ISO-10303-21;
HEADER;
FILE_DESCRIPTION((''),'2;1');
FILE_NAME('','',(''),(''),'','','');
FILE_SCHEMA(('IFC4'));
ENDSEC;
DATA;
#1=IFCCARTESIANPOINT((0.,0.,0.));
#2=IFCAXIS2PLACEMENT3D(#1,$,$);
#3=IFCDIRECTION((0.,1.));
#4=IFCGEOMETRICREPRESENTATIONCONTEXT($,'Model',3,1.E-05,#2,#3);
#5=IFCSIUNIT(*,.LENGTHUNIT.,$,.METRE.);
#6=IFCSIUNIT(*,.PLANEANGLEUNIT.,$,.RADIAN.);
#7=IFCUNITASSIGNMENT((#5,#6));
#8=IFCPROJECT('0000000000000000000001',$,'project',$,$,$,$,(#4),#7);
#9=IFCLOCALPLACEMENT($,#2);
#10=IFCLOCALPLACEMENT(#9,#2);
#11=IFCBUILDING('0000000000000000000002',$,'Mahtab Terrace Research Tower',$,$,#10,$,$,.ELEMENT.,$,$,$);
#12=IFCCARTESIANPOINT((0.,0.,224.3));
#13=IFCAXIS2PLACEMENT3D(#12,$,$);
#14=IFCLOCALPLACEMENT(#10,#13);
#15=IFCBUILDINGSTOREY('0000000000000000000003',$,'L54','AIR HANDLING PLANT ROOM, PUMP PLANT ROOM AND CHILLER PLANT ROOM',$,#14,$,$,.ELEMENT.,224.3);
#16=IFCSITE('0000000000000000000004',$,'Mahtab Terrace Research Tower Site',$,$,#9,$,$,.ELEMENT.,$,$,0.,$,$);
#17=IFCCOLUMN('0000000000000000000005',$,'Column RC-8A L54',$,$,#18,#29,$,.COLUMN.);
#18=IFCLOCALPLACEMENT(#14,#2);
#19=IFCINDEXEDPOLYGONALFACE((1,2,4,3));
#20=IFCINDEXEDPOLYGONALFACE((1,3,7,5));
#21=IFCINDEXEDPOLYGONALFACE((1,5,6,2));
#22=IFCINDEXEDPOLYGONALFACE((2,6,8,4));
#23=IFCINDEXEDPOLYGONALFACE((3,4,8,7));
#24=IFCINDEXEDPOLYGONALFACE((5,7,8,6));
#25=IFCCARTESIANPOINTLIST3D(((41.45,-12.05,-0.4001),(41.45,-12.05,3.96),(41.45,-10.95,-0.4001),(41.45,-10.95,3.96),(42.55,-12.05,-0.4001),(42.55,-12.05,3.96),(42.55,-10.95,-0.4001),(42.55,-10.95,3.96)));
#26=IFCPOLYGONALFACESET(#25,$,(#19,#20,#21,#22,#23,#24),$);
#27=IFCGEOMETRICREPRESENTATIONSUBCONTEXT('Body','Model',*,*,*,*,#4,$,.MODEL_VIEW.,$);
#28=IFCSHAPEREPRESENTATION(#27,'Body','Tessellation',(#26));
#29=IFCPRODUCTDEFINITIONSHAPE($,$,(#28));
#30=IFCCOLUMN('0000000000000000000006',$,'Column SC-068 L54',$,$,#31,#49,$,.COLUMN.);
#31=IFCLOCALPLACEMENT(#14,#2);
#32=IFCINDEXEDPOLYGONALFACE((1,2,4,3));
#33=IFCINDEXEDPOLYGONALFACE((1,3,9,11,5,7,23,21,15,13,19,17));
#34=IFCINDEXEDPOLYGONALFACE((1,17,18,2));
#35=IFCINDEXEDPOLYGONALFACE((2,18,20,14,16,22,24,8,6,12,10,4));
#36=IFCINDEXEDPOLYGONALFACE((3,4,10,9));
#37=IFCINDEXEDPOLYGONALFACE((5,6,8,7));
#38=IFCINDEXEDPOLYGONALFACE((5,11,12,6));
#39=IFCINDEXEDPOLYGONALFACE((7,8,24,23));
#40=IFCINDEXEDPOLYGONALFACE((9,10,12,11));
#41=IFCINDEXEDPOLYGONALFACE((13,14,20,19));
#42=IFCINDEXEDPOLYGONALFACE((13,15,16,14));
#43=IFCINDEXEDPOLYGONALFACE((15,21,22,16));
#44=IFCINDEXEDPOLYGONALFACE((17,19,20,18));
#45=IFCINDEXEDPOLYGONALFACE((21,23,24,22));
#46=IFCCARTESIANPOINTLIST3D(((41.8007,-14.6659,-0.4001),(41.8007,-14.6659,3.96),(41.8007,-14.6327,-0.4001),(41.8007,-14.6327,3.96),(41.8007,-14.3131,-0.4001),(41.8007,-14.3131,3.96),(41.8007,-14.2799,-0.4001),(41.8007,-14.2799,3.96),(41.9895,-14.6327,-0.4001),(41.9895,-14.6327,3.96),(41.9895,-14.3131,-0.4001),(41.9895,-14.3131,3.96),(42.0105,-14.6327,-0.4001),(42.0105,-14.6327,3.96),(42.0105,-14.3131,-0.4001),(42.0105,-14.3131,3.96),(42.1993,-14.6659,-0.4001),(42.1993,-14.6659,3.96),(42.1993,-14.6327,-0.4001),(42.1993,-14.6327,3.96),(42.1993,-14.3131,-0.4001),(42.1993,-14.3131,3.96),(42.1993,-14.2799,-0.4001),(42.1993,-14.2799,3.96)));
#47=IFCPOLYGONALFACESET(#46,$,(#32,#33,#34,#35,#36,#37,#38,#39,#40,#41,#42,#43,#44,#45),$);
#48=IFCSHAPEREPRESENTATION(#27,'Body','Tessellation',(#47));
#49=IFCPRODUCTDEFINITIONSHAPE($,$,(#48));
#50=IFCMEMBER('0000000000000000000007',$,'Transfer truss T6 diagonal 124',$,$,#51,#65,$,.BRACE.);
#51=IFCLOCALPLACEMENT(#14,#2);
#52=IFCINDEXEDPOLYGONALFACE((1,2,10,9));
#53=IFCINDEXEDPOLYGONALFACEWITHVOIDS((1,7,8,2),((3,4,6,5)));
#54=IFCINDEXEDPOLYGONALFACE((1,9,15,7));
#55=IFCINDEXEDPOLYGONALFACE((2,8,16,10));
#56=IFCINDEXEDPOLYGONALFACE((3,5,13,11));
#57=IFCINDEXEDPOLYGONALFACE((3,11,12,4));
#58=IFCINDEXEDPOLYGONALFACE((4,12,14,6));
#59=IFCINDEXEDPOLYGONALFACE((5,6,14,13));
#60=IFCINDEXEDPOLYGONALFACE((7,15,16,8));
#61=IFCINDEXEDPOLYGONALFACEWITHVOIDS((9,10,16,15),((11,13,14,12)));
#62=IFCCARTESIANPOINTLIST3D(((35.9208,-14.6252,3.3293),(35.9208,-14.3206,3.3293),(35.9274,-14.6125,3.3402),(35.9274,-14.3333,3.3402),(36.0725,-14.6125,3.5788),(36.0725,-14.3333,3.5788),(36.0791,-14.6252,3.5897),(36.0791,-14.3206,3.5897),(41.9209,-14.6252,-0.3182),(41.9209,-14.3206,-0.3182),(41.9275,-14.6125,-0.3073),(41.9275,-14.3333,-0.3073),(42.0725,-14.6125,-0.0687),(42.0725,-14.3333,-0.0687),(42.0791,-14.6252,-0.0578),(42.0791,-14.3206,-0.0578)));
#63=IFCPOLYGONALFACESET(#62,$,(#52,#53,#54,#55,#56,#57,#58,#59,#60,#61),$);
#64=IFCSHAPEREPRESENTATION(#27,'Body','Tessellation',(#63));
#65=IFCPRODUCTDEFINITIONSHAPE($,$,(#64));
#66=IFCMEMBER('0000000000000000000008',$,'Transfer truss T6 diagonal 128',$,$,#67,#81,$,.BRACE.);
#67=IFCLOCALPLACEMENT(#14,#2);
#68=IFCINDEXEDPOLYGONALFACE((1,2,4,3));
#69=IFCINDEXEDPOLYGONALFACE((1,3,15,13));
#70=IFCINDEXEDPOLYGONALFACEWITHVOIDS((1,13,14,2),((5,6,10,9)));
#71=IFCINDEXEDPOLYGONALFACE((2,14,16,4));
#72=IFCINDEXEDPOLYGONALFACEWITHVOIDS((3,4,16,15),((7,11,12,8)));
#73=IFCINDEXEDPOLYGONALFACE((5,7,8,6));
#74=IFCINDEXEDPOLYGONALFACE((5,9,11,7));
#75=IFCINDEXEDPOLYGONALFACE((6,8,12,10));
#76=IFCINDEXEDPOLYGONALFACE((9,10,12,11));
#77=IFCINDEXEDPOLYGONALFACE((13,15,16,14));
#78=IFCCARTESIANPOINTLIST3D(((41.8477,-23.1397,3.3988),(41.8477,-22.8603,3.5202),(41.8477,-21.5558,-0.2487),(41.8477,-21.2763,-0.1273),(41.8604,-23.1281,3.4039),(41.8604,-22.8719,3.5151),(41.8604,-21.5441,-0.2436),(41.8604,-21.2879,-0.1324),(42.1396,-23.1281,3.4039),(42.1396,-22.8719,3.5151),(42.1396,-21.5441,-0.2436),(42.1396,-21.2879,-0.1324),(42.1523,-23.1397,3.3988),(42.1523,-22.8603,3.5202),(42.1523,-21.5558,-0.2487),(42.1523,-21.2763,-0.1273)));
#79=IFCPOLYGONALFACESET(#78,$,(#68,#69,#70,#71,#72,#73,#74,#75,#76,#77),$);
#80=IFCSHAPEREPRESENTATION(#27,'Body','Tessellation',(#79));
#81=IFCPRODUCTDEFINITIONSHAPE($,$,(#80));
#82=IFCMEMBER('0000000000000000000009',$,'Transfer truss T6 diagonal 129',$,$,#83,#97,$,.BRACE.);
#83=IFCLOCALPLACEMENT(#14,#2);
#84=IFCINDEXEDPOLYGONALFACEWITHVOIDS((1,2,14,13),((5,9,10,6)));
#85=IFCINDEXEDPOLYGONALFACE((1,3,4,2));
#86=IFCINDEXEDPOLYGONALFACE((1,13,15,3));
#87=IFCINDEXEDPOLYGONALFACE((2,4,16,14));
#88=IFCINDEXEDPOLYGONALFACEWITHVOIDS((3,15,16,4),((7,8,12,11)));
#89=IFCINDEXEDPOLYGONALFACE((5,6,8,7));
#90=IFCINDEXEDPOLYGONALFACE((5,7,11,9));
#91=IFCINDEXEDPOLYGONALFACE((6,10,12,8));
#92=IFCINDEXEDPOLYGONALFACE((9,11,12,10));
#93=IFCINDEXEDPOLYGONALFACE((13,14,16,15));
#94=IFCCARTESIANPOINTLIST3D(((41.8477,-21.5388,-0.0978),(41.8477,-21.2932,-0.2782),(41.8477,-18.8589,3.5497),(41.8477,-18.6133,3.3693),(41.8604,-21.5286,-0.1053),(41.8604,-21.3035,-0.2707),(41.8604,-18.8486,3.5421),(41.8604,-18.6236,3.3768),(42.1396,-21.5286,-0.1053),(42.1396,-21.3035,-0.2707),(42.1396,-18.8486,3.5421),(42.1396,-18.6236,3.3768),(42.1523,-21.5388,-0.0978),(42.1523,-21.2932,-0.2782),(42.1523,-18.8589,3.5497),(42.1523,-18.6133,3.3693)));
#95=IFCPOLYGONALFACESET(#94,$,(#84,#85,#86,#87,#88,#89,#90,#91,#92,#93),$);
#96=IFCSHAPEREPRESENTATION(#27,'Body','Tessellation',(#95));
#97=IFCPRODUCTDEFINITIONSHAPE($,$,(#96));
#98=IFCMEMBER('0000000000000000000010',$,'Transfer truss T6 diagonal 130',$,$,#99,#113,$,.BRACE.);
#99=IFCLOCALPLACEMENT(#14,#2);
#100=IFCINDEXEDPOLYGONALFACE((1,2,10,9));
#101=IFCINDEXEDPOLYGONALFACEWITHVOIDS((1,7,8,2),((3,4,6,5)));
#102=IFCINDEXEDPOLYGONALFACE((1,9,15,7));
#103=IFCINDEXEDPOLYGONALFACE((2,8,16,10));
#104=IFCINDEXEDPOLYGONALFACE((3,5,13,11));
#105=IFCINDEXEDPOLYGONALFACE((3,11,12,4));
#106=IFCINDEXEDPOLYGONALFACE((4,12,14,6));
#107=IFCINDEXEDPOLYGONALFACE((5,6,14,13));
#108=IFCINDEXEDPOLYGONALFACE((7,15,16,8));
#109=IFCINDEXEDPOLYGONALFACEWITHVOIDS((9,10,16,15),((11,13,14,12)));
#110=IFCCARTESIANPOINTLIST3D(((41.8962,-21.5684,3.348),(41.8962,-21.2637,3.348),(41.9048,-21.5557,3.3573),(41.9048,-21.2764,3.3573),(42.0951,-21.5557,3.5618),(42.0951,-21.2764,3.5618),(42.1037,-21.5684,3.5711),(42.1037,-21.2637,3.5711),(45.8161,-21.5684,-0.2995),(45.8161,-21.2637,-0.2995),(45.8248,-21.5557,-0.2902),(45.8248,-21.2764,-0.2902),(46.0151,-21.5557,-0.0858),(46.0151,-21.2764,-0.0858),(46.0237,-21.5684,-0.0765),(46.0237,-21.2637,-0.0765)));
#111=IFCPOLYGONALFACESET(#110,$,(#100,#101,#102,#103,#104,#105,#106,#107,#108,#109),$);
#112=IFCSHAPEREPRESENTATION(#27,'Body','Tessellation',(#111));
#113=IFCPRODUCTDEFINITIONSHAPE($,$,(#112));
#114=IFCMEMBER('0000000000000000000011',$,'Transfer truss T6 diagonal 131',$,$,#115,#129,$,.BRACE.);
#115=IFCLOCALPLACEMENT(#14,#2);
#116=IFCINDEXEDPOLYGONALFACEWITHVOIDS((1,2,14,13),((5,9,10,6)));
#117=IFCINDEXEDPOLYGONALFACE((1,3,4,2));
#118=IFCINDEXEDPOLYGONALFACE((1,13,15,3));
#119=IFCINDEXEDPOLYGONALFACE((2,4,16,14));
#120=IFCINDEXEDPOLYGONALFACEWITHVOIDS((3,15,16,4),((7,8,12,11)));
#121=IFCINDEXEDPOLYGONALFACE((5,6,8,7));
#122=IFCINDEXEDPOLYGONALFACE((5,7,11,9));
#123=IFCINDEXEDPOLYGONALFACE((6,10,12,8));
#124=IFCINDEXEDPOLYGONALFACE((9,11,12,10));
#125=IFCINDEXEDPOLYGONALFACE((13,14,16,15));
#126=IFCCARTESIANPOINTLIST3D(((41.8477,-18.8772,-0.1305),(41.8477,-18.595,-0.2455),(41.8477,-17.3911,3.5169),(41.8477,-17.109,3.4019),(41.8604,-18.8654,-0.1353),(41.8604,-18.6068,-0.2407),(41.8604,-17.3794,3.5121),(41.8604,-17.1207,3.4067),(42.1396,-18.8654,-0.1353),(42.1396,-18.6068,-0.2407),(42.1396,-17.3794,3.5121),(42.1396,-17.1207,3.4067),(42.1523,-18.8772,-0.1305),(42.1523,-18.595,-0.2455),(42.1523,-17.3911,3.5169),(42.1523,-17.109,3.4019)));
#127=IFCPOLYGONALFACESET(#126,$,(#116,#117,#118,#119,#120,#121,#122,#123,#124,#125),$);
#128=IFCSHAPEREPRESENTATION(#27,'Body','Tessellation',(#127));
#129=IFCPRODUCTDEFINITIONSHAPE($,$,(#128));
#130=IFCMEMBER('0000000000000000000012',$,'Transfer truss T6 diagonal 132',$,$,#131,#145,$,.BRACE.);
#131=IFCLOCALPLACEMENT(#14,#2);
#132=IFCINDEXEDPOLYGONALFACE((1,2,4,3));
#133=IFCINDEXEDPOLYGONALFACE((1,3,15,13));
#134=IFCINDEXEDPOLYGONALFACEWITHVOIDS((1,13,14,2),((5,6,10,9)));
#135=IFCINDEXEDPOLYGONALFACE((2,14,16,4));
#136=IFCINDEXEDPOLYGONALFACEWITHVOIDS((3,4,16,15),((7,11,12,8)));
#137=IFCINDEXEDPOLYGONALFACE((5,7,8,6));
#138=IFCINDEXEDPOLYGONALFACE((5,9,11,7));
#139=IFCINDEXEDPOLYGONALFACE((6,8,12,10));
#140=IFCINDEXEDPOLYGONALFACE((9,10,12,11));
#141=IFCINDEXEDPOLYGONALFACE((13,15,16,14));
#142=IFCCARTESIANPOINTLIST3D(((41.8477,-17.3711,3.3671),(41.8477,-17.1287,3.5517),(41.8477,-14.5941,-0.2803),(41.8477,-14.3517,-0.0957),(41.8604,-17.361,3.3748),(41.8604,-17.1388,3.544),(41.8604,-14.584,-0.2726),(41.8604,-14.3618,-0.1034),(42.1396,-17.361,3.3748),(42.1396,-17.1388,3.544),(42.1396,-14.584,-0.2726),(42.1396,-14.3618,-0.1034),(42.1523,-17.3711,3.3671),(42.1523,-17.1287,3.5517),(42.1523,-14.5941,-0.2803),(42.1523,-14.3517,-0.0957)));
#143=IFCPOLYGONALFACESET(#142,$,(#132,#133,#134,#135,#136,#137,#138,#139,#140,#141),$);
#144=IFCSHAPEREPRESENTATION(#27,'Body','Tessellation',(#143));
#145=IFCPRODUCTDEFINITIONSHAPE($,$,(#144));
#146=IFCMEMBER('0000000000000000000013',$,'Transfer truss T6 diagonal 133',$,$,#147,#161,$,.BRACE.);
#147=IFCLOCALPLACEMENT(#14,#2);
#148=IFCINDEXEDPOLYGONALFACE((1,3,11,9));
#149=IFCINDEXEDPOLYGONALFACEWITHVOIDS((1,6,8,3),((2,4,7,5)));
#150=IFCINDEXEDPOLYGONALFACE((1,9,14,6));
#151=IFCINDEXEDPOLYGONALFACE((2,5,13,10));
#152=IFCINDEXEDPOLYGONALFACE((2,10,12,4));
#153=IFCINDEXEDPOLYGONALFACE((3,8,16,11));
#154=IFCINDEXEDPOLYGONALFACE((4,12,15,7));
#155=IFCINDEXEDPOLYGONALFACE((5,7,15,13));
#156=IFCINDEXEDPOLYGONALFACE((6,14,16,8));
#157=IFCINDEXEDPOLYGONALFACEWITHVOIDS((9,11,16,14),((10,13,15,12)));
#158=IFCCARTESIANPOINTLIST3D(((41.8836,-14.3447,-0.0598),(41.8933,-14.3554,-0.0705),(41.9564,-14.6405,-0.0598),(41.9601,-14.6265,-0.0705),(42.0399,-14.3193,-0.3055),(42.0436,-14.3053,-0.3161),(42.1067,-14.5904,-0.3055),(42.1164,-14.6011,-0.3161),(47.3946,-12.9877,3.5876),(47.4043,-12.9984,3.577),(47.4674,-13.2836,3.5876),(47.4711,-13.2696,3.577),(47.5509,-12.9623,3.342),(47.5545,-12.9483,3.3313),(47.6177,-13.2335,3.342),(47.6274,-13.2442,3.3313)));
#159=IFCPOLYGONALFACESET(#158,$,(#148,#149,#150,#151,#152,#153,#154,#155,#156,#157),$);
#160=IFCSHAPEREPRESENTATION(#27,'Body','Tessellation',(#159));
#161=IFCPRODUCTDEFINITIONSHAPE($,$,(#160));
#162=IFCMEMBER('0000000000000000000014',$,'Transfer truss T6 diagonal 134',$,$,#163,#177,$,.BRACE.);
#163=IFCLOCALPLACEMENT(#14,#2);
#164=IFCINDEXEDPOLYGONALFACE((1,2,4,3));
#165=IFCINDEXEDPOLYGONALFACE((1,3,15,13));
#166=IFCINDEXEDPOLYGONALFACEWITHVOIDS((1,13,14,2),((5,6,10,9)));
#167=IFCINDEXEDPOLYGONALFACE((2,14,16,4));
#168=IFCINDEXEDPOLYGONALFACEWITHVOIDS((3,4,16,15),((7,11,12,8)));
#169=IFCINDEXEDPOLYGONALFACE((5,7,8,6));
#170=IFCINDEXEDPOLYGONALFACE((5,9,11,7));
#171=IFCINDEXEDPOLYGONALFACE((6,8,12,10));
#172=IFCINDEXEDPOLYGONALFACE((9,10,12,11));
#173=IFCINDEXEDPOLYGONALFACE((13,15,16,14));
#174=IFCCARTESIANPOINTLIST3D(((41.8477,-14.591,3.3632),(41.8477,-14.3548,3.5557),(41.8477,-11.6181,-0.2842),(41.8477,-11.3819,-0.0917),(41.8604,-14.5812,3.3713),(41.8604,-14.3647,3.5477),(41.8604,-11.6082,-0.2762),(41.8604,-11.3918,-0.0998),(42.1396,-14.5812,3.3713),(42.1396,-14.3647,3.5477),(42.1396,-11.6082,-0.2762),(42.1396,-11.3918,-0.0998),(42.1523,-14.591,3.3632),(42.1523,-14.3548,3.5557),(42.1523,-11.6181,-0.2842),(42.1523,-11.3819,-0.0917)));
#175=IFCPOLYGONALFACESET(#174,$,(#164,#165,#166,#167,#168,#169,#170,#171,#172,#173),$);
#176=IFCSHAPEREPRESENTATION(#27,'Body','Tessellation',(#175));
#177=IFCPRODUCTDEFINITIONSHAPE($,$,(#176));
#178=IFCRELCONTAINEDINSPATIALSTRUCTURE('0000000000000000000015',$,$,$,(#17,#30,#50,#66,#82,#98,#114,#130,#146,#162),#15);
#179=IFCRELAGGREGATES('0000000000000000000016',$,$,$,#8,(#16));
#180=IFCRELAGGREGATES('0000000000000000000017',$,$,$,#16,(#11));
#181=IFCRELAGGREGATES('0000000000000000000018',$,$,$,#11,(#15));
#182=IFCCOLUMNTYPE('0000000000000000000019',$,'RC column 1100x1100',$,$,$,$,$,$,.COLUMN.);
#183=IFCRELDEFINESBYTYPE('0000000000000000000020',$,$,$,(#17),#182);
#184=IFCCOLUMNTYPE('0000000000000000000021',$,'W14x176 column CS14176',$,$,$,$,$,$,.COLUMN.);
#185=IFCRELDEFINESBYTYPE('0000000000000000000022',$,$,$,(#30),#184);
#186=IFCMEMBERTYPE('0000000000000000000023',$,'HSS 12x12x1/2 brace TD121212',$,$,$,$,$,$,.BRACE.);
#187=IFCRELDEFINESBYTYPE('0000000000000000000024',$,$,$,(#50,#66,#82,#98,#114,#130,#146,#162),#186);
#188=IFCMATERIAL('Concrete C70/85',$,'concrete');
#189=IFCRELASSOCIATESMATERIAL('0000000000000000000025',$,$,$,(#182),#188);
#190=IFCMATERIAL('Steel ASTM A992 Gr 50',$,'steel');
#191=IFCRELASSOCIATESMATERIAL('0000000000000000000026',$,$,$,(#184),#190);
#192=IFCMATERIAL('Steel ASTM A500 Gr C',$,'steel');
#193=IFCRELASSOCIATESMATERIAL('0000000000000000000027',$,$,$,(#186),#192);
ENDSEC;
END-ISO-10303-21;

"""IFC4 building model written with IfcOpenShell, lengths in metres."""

from ifc_helpers import new_model, si_unit, direction, frame, origin, origin_2d, place, context, subcontext, project, spatial, rectangle, hollow_rectangle, i_section, extrude, material, material_profile, profile_set, type_object, element, save


model = new_model("IFC4")

# Units and contexts
model_context = context("Model", 3, precision=1e-05, world=origin(), true_north=direction((0.0, 1.0)))
body_context = subcontext(model_context, "Body", "Model", "MODEL_VIEW")
ifc_project = project(units=[si_unit("LENGTHUNIT", "METRE"), si_unit("PLANEANGLEUNIT", "RADIAN")], contexts=[model_context])

# Site, building, storey
site_placement = place(None, origin())
site = spatial("IfcSite", under=ifc_project, at=site_placement, Name="Mahtab Terrace Research Tower Site", CompositionType="ELEMENT", RefElevation=0.0)
building_placement = place(site_placement, origin())
building = spatial("IfcBuilding", under=site, at=building_placement, Name="Mahtab Terrace Research Tower", CompositionType="ELEMENT")
storey_placement = place(building_placement, frame((0.0, 0.0, 224.3)))
storey = spatial("IfcBuildingStorey", under=building, at=storey_placement, Name="L54", Description="AIR HANDLING PLANT ROOM, PUMP PLANT ROOM AND CHILLER PLANT ROOM", CompositionType="ELEMENT", Elevation=224.3)

# Columns
ifc_material_1 = material(Name="Concrete C70/85", Category="concrete")
ifc_material_profile_1 = material_profile(ifc_material_1, rectangle(XDim=1.1001, YDim=1.1001, at=origin_2d()), Name="RC column 1100x1100")
ifc_profile_set_1 = profile_set([ifc_material_profile_1], Name="Concrete C70/85")
column_type_1 = type_object("IfcColumnType", Name="RC column 1100x1100", PredefinedType="COLUMN", material=ifc_profile_set_1)
column_1_placement = place(storey_placement, frame((42.0, -11.5, -0.4001), z_axis=(0.0, 0.0, 1.0), x_axis=(1.0, 0.0, 0.0)))
element("IfcColumn", 1, at=column_1_placement, inside=storey, type_object=column_type_1, Name="Column RC-8A L54", PredefinedType="COLUMN", context=body_context, shape_type="SweptSolid", body=[
    extrude(rectangle(XDim=1.1001, YDim=1.1001, at=origin_2d()), origin(), (0.0, 0.0, 1.0), 4.3601),
])
ifc_material_2 = material(Name="Steel ASTM A992 Gr 50", Category="steel")
ifc_material_profile_2 = material_profile(ifc_material_2, i_section(OverallWidth=0.3987, OverallDepth=0.386, WebThickness=0.021, FlangeThickness=0.0332, at=origin_2d()), Name="W14X176")
ifc_profile_set_2 = profile_set([ifc_material_profile_2], Name="Steel ASTM A992 Gr 50")
column_type_2 = type_object("IfcColumnType", Name="W14x176 column CS14176", PredefinedType="COLUMN", material=ifc_profile_set_2)
column_2_placement = place(storey_placement, frame((42.0, -14.4729, -0.4001), z_axis=(0.0, 0.0, 1.0), x_axis=(1.0, 0.0, 0.0)))
element("IfcColumn", 2, at=column_2_placement, inside=storey, type_object=column_type_2, Name="Column SC-068 L54", PredefinedType="COLUMN", context=body_context, shape_type="SweptSolid", body=[
    extrude(i_section(OverallWidth=0.3987, OverallDepth=0.386, WebThickness=0.021, FlangeThickness=0.0332, at=origin_2d()), origin(), (0.0, 0.0, 1.0), 4.3601),
])

# Members
ifc_material_3 = material(Name="Steel ASTM A500 Gr C", Category="steel")
ifc_material_profile_3 = material_profile(ifc_material_3, hollow_rectangle(XDim=0.3047, YDim=0.3047, WallThickness=0.0127, at=origin_2d()), Name="HSS12X12X1/2")
ifc_profile_set_3 = profile_set([ifc_material_profile_3], Name="Steel ASTM A500 Gr C")
member_type_1 = type_object("IfcMemberType", Name="HSS 12x12x1/2 brace TD121212", PredefinedType="BRACE", material=ifc_profile_set_3)
member_1_placement = place(storey_placement, frame((42.0, -14.4729, -0.188), z_axis=(-0.854497, 0.0, 0.519457), x_axis=(0.0, -1.0, 0.0)))
element("IfcMember", 3, at=member_1_placement, inside=storey, type_object=member_type_1, Name="Transfer truss T6 diagonal 124", PredefinedType="BRACE", context=body_context, shape_type="SweptSolid", body=[
    extrude(hollow_rectangle(XDim=0.3047, YDim=0.3047, WallThickness=0.0127, at=origin_2d()), origin(), (0.0, 0.0, 1.0), 7.0217),
])
member_2_placement = place(storey_placement, frame((42.0, -21.416, -0.188), z_axis=(0.0, -0.398331, 0.917242), x_axis=(1.0, 0.0, 0.0)))
element("IfcMember", 4, at=member_2_placement, inside=storey, type_object=member_type_1, Name="Transfer truss T6 diagonal 128", PredefinedType="BRACE", context=body_context, shape_type="SweptSolid", body=[
    extrude(hollow_rectangle(XDim=0.3047, YDim=0.3047, WallThickness=0.0127, at=origin_2d()), origin(), (0.0, 0.0, 1.0), 3.9766),
])
member_3_placement = place(storey_placement, frame((42.0, -21.416, -0.188), z_axis=(0.0, 0.5921, 0.805864), x_axis=(-1.0, 0.0, 0.0)))
element("IfcMember", 5, at=member_3_placement, inside=storey, type_object=member_type_1, Name="Transfer truss T6 diagonal 129", PredefinedType="BRACE", context=body_context, shape_type="SweptSolid", body=[
    extrude(hollow_rectangle(XDim=0.3047, YDim=0.3047, WallThickness=0.0127, at=origin_2d()), origin(), (0.0, 0.0, 1.0), 4.5261),
])
member_4_placement = place(storey_placement, frame((45.9199, -21.416, -0.188), z_axis=(-0.732092, 0.0, 0.681206), x_axis=(0.0, -1.0, 0.0)))
element("IfcMember", 6, at=member_4_placement, inside=storey, type_object=member_type_1, Name="Transfer truss T6 diagonal 130", PredefinedType="BRACE", context=body_context, shape_type="SweptSolid", body=[
    extrude(hollow_rectangle(XDim=0.3047, YDim=0.3047, WallThickness=0.0127, at=origin_2d()), origin(), (0.0, 0.0, 1.0), 5.3545),
])
member_5_placement = place(storey_placement, frame((42.0, -18.7361, -0.188), z_axis=(0.0, 0.377315, 0.926085), x_axis=(-1.0, 0.0, 0.0)))
element("IfcMember", 7, at=member_5_placement, inside=storey, type_object=member_type_1, Name="Transfer truss T6 diagonal 131", PredefinedType="BRACE", context=body_context, shape_type="SweptSolid", body=[
    extrude(hollow_rectangle(XDim=0.3047, YDim=0.3047, WallThickness=0.0127, at=origin_2d()), origin(), (0.0, 0.0, 1.0), 3.9385),
])
member_6_placement = place(storey_placement, frame((42.0, -14.4729, -0.188), z_axis=(0.0, -0.605778, 0.795633), x_axis=(1.0, 0.0, 0.0)))
element("IfcMember", 8, at=member_6_placement, inside=storey, type_object=member_type_1, Name="Transfer truss T6 diagonal 132", PredefinedType="BRACE", context=body_context, shape_type="SweptSolid", body=[
    extrude(hollow_rectangle(XDim=0.3047, YDim=0.3047, WallThickness=0.0127, at=origin_2d()), origin(), (0.0, 0.0, 1.0), 4.5842),
])
member_7_placement = place(storey_placement, frame((42.0, -14.4729, -0.188), z_axis=(0.816857, 0.201129, 0.540639), x_axis=(-0.239083, 0.970999, 0.0)))
element("IfcMember", 9, at=member_7_placement, inside=storey, type_object=member_type_1, Name="Transfer truss T6 diagonal 133", PredefinedType="BRACE", context=body_context, shape_type="SweptSolid", body=[
    extrude(hollow_rectangle(XDim=0.3047, YDim=0.3047, WallThickness=0.0127, at=origin_2d()), origin(), (0.0, 0.0, 1.0), 6.7466),
])
member_8_placement = place(storey_placement, frame((42.0, -11.5, -0.188), z_axis=(0.0, -0.631787, 0.775142), x_axis=(1.0, 0.0, 0.0)))
element("IfcMember", 10, at=member_8_placement, inside=storey, type_object=member_type_1, Name="Transfer truss T6 diagonal 134", PredefinedType="BRACE", context=body_context, shape_type="SweptSolid", body=[
    extrude(hollow_rectangle(XDim=0.3047, YDim=0.3047, WallThickness=0.0127, at=origin_2d()), origin(), (0.0, 0.0, 1.0), 4.7056),
])

save(model, "model.ifc")
